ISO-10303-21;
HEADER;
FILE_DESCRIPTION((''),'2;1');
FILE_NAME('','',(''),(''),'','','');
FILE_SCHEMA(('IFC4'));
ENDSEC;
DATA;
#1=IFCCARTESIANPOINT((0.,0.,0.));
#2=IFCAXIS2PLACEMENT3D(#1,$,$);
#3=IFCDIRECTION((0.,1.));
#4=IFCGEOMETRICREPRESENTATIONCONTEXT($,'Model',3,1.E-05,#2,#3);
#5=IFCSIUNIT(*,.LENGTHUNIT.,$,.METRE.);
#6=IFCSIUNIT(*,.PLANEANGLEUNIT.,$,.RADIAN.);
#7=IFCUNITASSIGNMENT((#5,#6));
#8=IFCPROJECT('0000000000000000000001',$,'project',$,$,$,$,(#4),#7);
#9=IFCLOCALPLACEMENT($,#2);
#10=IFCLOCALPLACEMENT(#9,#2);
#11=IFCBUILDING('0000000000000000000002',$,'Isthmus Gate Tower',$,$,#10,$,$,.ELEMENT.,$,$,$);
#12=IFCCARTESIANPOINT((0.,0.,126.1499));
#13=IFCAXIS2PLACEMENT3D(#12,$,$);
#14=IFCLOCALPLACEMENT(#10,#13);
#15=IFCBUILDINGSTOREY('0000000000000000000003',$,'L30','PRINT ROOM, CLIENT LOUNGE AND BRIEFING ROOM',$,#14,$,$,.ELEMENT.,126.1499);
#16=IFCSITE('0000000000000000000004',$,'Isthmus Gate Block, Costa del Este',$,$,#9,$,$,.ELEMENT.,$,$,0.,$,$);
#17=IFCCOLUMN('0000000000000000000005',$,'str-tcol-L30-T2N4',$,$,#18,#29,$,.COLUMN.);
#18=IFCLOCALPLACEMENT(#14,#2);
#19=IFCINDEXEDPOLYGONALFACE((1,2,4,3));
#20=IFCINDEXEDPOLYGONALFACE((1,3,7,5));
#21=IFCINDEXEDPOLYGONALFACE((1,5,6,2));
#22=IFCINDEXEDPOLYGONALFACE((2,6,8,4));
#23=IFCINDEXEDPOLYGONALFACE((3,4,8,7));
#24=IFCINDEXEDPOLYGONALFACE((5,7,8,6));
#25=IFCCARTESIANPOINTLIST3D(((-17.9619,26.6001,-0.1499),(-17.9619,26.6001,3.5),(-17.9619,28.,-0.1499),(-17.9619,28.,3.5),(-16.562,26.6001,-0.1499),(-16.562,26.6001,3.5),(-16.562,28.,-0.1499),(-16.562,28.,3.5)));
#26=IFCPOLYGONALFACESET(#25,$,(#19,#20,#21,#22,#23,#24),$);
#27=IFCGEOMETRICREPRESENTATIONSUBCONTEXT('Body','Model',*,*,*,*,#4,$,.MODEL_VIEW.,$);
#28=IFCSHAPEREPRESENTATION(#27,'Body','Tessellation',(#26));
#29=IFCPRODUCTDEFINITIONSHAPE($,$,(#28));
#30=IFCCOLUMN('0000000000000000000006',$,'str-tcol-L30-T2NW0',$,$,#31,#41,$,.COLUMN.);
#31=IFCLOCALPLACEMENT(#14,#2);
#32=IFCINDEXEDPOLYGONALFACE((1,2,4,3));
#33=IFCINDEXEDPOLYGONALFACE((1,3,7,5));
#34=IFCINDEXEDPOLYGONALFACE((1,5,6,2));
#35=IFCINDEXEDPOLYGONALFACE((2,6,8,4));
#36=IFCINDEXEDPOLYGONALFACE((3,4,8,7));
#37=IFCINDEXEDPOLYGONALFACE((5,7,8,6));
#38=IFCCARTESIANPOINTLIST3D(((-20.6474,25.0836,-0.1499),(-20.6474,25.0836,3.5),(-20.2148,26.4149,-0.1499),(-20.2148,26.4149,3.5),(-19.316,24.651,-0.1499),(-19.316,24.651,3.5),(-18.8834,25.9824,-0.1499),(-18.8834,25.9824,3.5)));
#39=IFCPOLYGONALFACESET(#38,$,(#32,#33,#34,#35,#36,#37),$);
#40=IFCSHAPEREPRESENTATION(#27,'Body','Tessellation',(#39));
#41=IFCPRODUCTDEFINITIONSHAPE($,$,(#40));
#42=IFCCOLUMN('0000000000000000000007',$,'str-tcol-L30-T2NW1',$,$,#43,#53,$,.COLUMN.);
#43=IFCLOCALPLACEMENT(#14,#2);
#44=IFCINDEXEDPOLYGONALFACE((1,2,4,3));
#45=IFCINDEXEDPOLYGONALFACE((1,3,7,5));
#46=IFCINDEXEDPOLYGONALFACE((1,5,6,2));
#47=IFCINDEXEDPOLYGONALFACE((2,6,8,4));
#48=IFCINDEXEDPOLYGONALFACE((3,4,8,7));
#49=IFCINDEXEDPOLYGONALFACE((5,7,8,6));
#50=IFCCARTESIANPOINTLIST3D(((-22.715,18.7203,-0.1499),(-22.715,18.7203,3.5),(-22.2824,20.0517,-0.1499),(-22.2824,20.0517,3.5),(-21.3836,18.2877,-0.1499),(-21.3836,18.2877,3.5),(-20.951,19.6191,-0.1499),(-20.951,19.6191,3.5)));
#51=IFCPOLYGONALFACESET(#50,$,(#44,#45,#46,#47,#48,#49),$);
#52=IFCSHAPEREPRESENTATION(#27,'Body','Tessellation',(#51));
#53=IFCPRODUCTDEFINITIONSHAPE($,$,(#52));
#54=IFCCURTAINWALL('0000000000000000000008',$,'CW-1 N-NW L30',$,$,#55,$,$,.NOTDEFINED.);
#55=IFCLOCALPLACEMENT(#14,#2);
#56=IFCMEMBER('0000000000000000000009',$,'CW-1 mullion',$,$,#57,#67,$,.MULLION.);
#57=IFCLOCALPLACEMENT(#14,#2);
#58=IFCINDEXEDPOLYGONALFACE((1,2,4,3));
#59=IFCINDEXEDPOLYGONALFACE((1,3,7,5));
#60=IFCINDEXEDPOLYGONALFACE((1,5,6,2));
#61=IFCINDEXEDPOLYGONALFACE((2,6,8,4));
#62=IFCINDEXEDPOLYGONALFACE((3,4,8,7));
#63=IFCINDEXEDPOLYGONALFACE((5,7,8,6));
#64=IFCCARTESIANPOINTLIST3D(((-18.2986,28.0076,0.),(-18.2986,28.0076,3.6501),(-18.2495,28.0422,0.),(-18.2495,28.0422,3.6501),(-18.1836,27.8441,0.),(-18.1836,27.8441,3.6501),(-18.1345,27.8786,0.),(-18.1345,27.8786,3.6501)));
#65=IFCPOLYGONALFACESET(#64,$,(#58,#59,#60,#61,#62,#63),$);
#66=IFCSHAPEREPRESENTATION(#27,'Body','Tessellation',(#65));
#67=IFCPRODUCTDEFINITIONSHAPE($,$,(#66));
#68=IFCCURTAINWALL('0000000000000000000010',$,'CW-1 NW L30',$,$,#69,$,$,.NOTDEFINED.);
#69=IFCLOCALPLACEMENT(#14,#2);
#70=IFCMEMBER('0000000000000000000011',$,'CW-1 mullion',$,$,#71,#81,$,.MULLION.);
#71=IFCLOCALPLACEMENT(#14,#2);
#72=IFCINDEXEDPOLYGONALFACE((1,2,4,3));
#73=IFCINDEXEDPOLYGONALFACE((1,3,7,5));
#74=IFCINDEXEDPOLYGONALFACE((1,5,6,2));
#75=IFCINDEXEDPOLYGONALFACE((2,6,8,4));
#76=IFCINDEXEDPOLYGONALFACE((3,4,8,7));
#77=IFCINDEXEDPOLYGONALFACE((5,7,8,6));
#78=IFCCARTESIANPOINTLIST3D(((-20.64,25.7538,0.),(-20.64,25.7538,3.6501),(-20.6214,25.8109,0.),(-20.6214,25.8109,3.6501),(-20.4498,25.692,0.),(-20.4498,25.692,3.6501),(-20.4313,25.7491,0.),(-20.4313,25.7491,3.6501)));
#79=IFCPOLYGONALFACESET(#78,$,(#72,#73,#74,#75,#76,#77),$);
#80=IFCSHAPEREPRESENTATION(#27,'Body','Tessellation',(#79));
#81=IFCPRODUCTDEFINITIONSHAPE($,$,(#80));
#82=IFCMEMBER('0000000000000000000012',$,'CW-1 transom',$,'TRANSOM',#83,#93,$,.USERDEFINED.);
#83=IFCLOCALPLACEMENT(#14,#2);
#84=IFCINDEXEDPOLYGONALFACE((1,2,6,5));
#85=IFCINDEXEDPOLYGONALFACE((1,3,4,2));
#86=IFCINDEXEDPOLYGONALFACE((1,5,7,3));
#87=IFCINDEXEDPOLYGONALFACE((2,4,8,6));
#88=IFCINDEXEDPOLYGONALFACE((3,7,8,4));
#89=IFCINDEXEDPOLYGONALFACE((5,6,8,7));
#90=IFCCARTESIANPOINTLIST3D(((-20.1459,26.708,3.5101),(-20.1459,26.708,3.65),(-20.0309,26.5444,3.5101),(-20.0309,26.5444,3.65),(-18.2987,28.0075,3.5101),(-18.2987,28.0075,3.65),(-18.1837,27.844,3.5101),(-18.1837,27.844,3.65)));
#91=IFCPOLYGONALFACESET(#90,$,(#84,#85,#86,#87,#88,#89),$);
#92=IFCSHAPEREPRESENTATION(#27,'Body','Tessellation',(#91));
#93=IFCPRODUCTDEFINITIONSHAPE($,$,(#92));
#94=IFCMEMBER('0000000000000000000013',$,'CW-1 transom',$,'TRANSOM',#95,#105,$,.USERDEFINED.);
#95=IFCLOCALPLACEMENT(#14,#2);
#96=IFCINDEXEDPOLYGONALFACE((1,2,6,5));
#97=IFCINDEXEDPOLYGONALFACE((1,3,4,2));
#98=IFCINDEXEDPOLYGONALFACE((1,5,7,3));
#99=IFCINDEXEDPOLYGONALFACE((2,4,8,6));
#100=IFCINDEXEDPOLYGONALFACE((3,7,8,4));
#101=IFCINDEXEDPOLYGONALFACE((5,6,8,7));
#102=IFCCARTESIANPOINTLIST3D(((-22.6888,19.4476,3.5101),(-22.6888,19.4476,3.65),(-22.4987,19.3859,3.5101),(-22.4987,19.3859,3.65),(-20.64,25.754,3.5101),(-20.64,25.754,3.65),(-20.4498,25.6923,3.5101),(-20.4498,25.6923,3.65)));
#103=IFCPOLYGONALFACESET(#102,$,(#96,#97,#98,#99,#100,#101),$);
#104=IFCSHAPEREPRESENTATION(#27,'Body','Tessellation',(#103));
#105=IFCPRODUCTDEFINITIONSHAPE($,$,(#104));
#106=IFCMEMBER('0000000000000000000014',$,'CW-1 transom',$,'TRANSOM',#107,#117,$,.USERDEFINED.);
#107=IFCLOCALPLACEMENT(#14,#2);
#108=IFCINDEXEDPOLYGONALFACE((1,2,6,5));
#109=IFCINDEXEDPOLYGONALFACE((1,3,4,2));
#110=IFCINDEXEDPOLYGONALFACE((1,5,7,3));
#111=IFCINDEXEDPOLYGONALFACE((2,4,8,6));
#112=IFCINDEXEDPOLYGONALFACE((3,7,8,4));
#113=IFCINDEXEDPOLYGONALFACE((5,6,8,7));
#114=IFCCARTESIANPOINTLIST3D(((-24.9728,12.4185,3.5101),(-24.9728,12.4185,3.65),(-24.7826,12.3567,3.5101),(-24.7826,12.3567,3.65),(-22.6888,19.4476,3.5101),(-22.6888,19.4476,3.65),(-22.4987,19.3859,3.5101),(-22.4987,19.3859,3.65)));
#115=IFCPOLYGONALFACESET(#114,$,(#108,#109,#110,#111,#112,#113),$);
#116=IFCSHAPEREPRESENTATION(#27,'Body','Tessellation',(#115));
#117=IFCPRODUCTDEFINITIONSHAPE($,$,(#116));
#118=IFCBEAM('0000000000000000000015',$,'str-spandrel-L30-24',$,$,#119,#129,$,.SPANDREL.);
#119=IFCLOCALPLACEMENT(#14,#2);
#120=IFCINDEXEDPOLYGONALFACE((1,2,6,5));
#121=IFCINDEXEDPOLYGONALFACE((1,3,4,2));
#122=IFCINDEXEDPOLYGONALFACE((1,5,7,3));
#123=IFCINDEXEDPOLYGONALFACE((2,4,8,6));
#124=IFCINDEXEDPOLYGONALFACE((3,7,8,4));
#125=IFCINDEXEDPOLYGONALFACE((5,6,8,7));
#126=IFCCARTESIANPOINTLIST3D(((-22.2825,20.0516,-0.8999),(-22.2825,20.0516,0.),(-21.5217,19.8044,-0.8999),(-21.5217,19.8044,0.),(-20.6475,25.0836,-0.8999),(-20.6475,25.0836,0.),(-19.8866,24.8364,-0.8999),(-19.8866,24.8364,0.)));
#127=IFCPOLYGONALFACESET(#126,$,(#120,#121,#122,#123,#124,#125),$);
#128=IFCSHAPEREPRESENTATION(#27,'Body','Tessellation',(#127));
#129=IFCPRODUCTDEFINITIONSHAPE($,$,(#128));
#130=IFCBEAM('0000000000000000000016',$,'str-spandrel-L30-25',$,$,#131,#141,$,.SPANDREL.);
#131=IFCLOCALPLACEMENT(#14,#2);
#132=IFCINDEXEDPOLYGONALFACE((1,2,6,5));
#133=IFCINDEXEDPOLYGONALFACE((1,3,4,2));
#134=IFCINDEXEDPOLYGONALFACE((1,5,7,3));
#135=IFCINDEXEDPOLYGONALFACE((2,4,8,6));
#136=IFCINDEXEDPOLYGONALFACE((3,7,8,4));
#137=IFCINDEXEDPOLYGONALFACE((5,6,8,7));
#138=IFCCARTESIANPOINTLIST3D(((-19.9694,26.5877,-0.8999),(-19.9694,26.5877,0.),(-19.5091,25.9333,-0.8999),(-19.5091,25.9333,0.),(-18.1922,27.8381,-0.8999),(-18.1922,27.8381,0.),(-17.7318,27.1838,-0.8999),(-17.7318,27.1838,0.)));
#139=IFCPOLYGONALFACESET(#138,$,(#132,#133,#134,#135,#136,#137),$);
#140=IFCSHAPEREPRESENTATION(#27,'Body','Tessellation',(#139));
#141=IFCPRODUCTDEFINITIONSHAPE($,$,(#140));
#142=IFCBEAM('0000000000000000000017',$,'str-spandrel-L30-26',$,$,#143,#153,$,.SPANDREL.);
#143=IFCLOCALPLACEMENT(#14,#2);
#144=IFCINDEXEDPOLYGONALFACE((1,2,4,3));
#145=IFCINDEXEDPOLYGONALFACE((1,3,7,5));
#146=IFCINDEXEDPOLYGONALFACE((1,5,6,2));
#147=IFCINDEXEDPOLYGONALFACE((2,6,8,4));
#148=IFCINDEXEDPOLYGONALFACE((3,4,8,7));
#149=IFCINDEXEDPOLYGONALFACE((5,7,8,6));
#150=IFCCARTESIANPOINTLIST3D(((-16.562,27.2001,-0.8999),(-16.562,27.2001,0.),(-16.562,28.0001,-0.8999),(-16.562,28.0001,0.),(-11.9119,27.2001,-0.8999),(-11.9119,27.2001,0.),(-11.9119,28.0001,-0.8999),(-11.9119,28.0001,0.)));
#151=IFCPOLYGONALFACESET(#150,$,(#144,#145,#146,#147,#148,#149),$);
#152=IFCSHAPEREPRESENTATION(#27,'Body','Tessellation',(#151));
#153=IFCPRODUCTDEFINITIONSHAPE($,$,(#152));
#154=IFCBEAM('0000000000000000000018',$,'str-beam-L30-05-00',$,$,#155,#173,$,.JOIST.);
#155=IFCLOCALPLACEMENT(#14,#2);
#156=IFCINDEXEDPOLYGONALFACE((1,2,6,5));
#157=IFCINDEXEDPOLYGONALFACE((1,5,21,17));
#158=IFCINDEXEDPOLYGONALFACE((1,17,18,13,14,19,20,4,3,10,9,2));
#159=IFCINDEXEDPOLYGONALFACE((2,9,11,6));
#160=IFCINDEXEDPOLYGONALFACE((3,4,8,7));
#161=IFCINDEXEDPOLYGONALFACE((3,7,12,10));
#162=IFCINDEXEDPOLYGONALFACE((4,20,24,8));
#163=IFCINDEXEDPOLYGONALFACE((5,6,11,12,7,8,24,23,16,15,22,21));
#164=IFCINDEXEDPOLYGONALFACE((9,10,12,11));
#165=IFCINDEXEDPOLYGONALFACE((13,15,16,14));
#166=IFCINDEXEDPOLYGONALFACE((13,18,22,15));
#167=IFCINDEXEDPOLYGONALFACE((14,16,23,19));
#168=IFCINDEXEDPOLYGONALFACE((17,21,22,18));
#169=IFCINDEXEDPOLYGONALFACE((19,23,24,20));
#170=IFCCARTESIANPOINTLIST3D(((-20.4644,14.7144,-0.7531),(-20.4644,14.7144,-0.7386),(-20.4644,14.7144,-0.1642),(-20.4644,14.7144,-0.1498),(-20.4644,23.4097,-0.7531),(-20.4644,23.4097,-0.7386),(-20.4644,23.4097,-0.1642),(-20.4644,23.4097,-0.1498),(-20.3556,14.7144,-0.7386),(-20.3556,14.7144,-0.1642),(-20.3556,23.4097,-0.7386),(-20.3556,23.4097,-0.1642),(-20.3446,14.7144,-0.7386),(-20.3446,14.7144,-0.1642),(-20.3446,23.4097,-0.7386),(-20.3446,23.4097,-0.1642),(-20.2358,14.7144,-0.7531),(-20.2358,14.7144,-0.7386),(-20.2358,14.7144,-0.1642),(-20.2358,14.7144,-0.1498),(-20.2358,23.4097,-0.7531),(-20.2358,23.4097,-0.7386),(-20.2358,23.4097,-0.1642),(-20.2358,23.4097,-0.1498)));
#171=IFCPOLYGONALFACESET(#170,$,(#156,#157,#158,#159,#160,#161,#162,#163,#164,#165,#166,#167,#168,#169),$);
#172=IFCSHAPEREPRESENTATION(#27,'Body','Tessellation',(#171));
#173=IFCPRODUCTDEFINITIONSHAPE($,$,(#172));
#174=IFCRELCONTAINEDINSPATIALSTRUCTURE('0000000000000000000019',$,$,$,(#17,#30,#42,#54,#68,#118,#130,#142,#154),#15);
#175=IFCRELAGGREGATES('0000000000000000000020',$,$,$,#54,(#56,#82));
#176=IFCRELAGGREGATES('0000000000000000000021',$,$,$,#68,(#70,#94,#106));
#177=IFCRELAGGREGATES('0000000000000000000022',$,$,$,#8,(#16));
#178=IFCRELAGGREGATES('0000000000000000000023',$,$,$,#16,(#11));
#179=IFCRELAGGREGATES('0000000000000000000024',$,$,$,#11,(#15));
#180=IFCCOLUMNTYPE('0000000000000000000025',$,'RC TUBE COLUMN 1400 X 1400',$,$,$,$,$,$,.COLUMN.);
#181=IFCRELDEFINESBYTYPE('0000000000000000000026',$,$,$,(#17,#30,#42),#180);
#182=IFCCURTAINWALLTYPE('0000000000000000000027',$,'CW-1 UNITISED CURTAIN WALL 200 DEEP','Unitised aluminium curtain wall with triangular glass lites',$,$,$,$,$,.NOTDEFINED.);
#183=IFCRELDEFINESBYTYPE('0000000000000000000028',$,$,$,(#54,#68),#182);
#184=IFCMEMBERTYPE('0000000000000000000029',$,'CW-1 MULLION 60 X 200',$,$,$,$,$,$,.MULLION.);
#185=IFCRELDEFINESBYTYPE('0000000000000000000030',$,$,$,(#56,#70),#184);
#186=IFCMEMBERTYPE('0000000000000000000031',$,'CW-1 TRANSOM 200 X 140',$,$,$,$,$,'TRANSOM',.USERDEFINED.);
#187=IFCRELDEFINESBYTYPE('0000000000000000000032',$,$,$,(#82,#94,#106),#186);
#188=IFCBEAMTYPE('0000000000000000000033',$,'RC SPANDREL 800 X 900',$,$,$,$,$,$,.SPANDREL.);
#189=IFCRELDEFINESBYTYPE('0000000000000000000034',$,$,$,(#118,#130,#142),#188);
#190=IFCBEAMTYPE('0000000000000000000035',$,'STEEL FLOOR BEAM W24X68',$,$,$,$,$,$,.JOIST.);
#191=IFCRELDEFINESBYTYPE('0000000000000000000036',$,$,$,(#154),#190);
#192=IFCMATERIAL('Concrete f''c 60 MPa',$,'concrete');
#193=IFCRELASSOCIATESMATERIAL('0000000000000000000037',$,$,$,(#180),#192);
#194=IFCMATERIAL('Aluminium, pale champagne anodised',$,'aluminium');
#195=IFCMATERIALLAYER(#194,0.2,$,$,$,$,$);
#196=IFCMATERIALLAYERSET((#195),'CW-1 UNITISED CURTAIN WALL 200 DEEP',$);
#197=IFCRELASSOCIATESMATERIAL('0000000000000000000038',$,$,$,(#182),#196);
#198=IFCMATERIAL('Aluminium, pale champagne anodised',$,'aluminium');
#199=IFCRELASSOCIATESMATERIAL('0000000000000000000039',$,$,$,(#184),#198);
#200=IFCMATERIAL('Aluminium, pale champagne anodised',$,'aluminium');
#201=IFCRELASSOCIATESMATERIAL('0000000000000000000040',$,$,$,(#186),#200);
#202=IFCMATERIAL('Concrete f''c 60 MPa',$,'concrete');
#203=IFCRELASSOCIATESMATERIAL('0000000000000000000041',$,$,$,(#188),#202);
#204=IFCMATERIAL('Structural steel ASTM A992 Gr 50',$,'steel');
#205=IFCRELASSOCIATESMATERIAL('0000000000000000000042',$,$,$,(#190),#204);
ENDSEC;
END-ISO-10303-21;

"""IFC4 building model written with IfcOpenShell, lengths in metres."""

from ifc_helpers import new_model, si_unit, direction, frame, origin, origin_2d, place, context, subcontext, project, spatial, rectangle, i_section, extrude, material, layer, layer_set, material_profile, profile_set, type_object, element, aggregate, save


model = new_model("IFC4")

# Units and contexts
model_context = context("Model", 3, precision=1e-05, world=origin(), true_north=direction((0.0, 1.0)))
body_context = subcontext(model_context, "Body", "Model", "MODEL_VIEW")
ifc_project = project(units=[si_unit("LENGTHUNIT", "METRE"), si_unit("PLANEANGLEUNIT", "RADIAN")], contexts=[model_context])

# Site, building, storey
site_placement = place(None, origin())
site = spatial("IfcSite", under=ifc_project, at=site_placement, Name="Isthmus Gate Block, Costa del Este", CompositionType="ELEMENT", RefElevation=0.0)
building_placement = place(site_placement, origin())
building = spatial("IfcBuilding", under=site, at=building_placement, Name="Isthmus Gate Tower", CompositionType="ELEMENT")
storey_placement = place(building_placement, frame((0.0, 0.0, 126.1499)))
storey = spatial("IfcBuildingStorey", under=building, at=storey_placement, Name="L30", Description="PRINT ROOM, CLIENT LOUNGE AND BRIEFING ROOM", CompositionType="ELEMENT", Elevation=126.1499)

# Columns
ifc_material_1 = material(Name="Concrete f'c 60 MPa", Category="concrete")
ifc_material_profile_1 = material_profile(ifc_material_1, rectangle(XDim=1.3999, YDim=1.3999, at=origin_2d()), Name="RC 1400X1400")
ifc_profile_set_1 = profile_set([ifc_material_profile_1], Name="Concrete f'c 60 MPa")
column_type = type_object("IfcColumnType", Name="RC TUBE COLUMN 1400 X 1400", PredefinedType="COLUMN", material=ifc_profile_set_1)
for number, where, z_axis, x_axis, name in (
    (1, (-17.262, 27.3, -0.1499), (0.0, 0.0, 1.0), (-1.0, 0.0, 0.0), "str-tcol-L30-T2N4"),
    (2, (-19.7654, 25.533, -0.1499), (0.0, 0.0, 1.0), (-0.309017, -0.951057, 0.0), "str-tcol-L30-T2NW0"),
    (3, (-21.833, 19.1697, -0.1499), (0.0, 0.0, 1.0), (-0.309017, -0.951057, 0.0), "str-tcol-L30-T2NW1"),
):
    element("IfcColumn", number, at=place(storey_placement, frame(where, z_axis=z_axis, x_axis=x_axis)), inside=storey, type_object=column_type, Name=name, PredefinedType="COLUMN", context=body_context, shape_type="SweptSolid", body=[
        extrude(rectangle(XDim=1.3999, YDim=1.3999, at=origin_2d()), origin(), (0.0, 0.0, 1.0), 3.6499),
    ])

# Curtain walls, members
ifc_material_2 = material(Name="Aluminium, pale champagne anodised", Category="aluminium")
ifc_layer_1 = layer(ifc_material_2, 0.2)
ifc_layer_set_1 = layer_set([ifc_layer_1], Name="CW-1 UNITISED CURTAIN WALL 200 DEEP")
curtain_wall_type = type_object("IfcCurtainWallType", Name="CW-1 UNITISED CURTAIN WALL 200 DEEP", Description="Unitised aluminium curtain wall with triangular glass lites", PredefinedType="NOTDEFINED", material=ifc_layer_set_1)
curtain_wall_1_placement = place(storey_placement, origin())
curtain_wall_1 = element("IfcCurtainWall", 4, at=curtain_wall_1_placement, inside=storey, type_object=curtain_wall_type, Name="CW-1 N-NW L30", PredefinedType="NOTDEFINED")
ifc_material_3 = material(Name="Aluminium, pale champagne anodised", Category="aluminium")
ifc_material_profile_2 = material_profile(ifc_material_3, rectangle(XDim=0.0601, YDim=0.2, at=origin_2d()), Name="60x200")
ifc_profile_set_2 = profile_set([ifc_material_profile_2], Name="Aluminium, pale champagne anodised")
member_type_1 = type_object("IfcMemberType", Name="CW-1 MULLION 60 X 200", PredefinedType="MULLION", material=ifc_profile_set_2)
member_1_placement = place(storey_placement, frame((-18.2166, 27.9431, 0.0), z_axis=(0.0, 0.0, 1.0), x_axis=(-0.81786, -0.575418, 0.0)))
member_1 = element("IfcMember", 5, at=member_1_placement, type_object=member_type_1, Name="CW-1 mullion", PredefinedType="MULLION", context=body_context, shape_type="SweptSolid", body=[
    extrude(rectangle(XDim=0.0601, YDim=0.2, at=origin_2d()), origin(), (0.0, 0.0, 1.0), 3.6501),
])
curtain_wall_2_placement = place(storey_placement, origin())
curtain_wall_2 = element("IfcCurtainWall", 6, at=curtain_wall_2_placement, inside=storey, type_object=curtain_wall_type, Name="CW-1 NW L30", PredefinedType="NOTDEFINED")
member_2_placement = place(storey_placement, frame((-20.5356, 25.7515, 0.0), z_axis=(0.0, 0.0, 1.0), x_axis=(-0.309017, -0.951057, 0.0)))
member_2 = element("IfcMember", 7, at=member_2_placement, type_object=member_type_1, Name="CW-1 mullion", PredefinedType="MULLION", context=body_context, shape_type="SweptSolid", body=[
    extrude(rectangle(XDim=0.0601, YDim=0.2, at=origin_2d()), origin(), (0.0, 0.0, 1.0), 3.6501),
])

# Members
ifc_material_4 = material(Name="Aluminium, pale champagne anodised", Category="aluminium")
ifc_material_profile_3 = material_profile(ifc_material_4, rectangle(XDim=0.2, YDim=0.1399, at=origin_2d()), Name="200x140")
ifc_profile_set_3 = profile_set([ifc_material_profile_3], Name="Aluminium, pale champagne anodised")
member_type_2 = type_object("IfcMemberType", Name="CW-1 TRANSOM 200 X 140", ElementType="TRANSOM", PredefinedType="USERDEFINED", material=ifc_profile_set_3)
member_3_placement = place(storey_placement, frame((-18.2412, 27.9258, 3.5801), z_axis=(-0.817869, -0.575405, 0.0), x_axis=(0.575405, -0.817869, 0.0)))
member_3 = element("IfcMember", 8, at=member_3_placement, type_object=member_type_2, Name="CW-1 transom", ObjectType="TRANSOM", PredefinedType="USERDEFINED", context=body_context, shape_type="SweptSolid", body=[
    extrude(rectangle(XDim=0.2, YDim=0.1399, at=origin_2d()), origin(), (0.0, 0.0, 1.0), 2.2585),
])
member_4_placement = place(storey_placement, frame((-20.5449, 25.7231, 3.5801), z_axis=(-0.308984, -0.951067, 0.0), x_axis=(0.951067, -0.308984, 0.0)))
member_4 = element("IfcMember", 9, at=member_4_placement, type_object=member_type_2, Name="CW-1 transom", ObjectType="TRANSOM", PredefinedType="USERDEFINED", context=body_context, shape_type="SweptSolid", body=[
    extrude(rectangle(XDim=0.2, YDim=0.1399, at=origin_2d()), origin(), (0.0, 0.0, 1.0), 6.6309),
])
member_5_placement = place(storey_placement, frame((-22.5938, 19.4167, 3.5801), z_axis=(-0.309024, -0.951054, 0.0), x_axis=(0.951054, -0.309024, 0.0)))
member_5 = element("IfcMember", 10, at=member_5_placement, type_object=member_type_2, Name="CW-1 transom", ObjectType="TRANSOM", PredefinedType="USERDEFINED", context=body_context, shape_type="SweptSolid", body=[
    extrude(rectangle(XDim=0.2, YDim=0.1399, at=origin_2d()), origin(), (0.0, 0.0, 1.0), 7.3909),
])

# Beams
ifc_material_5 = material(Name="Concrete f'c 60 MPa", Category="concrete")
ifc_material_profile_4 = material_profile(ifc_material_5, rectangle(XDim=0.8, YDim=0.8999, at=origin_2d()), Name="RC 800X900")
ifc_profile_set_4 = profile_set([ifc_material_profile_4], Name="Concrete f'c 60 MPa")
beam_type_1 = type_object("IfcBeamType", Name="RC SPANDREL 800 X 900", PredefinedType="SPANDREL", material=ifc_profile_set_4)
beam_1_placement = place(storey_placement, frame((-21.9021, 19.928, -0.45), z_axis=(0.30902, 0.951055, 0.0), x_axis=(-0.951055, 0.30902, 0.0)))
element("IfcBeam", 11, at=beam_1_placement, inside=storey, type_object=beam_type_1, Name="str-spandrel-L30-24", PredefinedType="SPANDREL", context=body_context, shape_type="SweptSolid", body=[
    extrude(rectangle(XDim=0.8, YDim=0.8999, at=origin_2d()), origin(), (0.0, 0.0, 1.0), 5.291),
])
beam_2_placement = place(storey_placement, frame((-19.7393, 26.2605, -0.45), z_axis=(0.817857, 0.575421, 0.0), x_axis=(-0.575421, 0.817857, 0.0)))
element("IfcBeam", 12, at=beam_2_placement, inside=storey, type_object=beam_type_1, Name="str-spandrel-L30-25", PredefinedType="SPANDREL", context=body_context, shape_type="SweptSolid", body=[
    extrude(rectangle(XDim=0.8, YDim=0.8999, at=origin_2d()), origin(), (0.0, 0.0, 1.0), 2.1731),
])
beam_3_placement = place(storey_placement, frame((-16.562, 27.6001, -0.45), z_axis=(1.0, 0.0, 0.0), x_axis=(0.0, 1.0, 0.0)))
element("IfcBeam", 13, at=beam_3_placement, inside=storey, type_object=beam_type_1, Name="str-spandrel-L30-26", PredefinedType="SPANDREL", context=body_context, shape_type="SweptSolid", body=[
    extrude(rectangle(XDim=0.8, YDim=0.8999, at=origin_2d()), origin(), (0.0, 0.0, 1.0), 4.6501),
])
ifc_material_6 = material(Name="Structural steel ASTM A992 Gr 50", Category="steel")
ifc_material_profile_5 = material_profile(ifc_material_6, i_section(OverallWidth=0.2285, OverallDepth=0.6033, WebThickness=0.011, FlangeThickness=0.0144, at=origin_2d()), Name="W24X68")
ifc_profile_set_5 = profile_set([ifc_material_profile_5], Name="Structural steel ASTM A992 Gr 50")
beam_type_2 = type_object("IfcBeamType", Name="STEEL FLOOR BEAM W24X68", PredefinedType="JOIST", material=ifc_profile_set_5)
beam_4_placement = place(storey_placement, frame((-20.3501, 14.7144, -0.4514), z_axis=(0.0, 1.0, 0.0), x_axis=(-1.0, 0.0, 0.0)))
element("IfcBeam", 14, at=beam_4_placement, inside=storey, type_object=beam_type_2, Name="str-beam-L30-05-00", PredefinedType="JOIST", context=body_context, shape_type="SweptSolid", body=[
    extrude(i_section(OverallWidth=0.2285, OverallDepth=0.6033, WebThickness=0.011, FlangeThickness=0.0144, at=origin_2d()), origin(), (0.0, 0.0, 1.0), 8.6953),
])

aggregate(curtain_wall_1, [member_1, member_3])

aggregate(curtain_wall_2, [member_2, member_4, member_5])

save(model, "model.ifc")
